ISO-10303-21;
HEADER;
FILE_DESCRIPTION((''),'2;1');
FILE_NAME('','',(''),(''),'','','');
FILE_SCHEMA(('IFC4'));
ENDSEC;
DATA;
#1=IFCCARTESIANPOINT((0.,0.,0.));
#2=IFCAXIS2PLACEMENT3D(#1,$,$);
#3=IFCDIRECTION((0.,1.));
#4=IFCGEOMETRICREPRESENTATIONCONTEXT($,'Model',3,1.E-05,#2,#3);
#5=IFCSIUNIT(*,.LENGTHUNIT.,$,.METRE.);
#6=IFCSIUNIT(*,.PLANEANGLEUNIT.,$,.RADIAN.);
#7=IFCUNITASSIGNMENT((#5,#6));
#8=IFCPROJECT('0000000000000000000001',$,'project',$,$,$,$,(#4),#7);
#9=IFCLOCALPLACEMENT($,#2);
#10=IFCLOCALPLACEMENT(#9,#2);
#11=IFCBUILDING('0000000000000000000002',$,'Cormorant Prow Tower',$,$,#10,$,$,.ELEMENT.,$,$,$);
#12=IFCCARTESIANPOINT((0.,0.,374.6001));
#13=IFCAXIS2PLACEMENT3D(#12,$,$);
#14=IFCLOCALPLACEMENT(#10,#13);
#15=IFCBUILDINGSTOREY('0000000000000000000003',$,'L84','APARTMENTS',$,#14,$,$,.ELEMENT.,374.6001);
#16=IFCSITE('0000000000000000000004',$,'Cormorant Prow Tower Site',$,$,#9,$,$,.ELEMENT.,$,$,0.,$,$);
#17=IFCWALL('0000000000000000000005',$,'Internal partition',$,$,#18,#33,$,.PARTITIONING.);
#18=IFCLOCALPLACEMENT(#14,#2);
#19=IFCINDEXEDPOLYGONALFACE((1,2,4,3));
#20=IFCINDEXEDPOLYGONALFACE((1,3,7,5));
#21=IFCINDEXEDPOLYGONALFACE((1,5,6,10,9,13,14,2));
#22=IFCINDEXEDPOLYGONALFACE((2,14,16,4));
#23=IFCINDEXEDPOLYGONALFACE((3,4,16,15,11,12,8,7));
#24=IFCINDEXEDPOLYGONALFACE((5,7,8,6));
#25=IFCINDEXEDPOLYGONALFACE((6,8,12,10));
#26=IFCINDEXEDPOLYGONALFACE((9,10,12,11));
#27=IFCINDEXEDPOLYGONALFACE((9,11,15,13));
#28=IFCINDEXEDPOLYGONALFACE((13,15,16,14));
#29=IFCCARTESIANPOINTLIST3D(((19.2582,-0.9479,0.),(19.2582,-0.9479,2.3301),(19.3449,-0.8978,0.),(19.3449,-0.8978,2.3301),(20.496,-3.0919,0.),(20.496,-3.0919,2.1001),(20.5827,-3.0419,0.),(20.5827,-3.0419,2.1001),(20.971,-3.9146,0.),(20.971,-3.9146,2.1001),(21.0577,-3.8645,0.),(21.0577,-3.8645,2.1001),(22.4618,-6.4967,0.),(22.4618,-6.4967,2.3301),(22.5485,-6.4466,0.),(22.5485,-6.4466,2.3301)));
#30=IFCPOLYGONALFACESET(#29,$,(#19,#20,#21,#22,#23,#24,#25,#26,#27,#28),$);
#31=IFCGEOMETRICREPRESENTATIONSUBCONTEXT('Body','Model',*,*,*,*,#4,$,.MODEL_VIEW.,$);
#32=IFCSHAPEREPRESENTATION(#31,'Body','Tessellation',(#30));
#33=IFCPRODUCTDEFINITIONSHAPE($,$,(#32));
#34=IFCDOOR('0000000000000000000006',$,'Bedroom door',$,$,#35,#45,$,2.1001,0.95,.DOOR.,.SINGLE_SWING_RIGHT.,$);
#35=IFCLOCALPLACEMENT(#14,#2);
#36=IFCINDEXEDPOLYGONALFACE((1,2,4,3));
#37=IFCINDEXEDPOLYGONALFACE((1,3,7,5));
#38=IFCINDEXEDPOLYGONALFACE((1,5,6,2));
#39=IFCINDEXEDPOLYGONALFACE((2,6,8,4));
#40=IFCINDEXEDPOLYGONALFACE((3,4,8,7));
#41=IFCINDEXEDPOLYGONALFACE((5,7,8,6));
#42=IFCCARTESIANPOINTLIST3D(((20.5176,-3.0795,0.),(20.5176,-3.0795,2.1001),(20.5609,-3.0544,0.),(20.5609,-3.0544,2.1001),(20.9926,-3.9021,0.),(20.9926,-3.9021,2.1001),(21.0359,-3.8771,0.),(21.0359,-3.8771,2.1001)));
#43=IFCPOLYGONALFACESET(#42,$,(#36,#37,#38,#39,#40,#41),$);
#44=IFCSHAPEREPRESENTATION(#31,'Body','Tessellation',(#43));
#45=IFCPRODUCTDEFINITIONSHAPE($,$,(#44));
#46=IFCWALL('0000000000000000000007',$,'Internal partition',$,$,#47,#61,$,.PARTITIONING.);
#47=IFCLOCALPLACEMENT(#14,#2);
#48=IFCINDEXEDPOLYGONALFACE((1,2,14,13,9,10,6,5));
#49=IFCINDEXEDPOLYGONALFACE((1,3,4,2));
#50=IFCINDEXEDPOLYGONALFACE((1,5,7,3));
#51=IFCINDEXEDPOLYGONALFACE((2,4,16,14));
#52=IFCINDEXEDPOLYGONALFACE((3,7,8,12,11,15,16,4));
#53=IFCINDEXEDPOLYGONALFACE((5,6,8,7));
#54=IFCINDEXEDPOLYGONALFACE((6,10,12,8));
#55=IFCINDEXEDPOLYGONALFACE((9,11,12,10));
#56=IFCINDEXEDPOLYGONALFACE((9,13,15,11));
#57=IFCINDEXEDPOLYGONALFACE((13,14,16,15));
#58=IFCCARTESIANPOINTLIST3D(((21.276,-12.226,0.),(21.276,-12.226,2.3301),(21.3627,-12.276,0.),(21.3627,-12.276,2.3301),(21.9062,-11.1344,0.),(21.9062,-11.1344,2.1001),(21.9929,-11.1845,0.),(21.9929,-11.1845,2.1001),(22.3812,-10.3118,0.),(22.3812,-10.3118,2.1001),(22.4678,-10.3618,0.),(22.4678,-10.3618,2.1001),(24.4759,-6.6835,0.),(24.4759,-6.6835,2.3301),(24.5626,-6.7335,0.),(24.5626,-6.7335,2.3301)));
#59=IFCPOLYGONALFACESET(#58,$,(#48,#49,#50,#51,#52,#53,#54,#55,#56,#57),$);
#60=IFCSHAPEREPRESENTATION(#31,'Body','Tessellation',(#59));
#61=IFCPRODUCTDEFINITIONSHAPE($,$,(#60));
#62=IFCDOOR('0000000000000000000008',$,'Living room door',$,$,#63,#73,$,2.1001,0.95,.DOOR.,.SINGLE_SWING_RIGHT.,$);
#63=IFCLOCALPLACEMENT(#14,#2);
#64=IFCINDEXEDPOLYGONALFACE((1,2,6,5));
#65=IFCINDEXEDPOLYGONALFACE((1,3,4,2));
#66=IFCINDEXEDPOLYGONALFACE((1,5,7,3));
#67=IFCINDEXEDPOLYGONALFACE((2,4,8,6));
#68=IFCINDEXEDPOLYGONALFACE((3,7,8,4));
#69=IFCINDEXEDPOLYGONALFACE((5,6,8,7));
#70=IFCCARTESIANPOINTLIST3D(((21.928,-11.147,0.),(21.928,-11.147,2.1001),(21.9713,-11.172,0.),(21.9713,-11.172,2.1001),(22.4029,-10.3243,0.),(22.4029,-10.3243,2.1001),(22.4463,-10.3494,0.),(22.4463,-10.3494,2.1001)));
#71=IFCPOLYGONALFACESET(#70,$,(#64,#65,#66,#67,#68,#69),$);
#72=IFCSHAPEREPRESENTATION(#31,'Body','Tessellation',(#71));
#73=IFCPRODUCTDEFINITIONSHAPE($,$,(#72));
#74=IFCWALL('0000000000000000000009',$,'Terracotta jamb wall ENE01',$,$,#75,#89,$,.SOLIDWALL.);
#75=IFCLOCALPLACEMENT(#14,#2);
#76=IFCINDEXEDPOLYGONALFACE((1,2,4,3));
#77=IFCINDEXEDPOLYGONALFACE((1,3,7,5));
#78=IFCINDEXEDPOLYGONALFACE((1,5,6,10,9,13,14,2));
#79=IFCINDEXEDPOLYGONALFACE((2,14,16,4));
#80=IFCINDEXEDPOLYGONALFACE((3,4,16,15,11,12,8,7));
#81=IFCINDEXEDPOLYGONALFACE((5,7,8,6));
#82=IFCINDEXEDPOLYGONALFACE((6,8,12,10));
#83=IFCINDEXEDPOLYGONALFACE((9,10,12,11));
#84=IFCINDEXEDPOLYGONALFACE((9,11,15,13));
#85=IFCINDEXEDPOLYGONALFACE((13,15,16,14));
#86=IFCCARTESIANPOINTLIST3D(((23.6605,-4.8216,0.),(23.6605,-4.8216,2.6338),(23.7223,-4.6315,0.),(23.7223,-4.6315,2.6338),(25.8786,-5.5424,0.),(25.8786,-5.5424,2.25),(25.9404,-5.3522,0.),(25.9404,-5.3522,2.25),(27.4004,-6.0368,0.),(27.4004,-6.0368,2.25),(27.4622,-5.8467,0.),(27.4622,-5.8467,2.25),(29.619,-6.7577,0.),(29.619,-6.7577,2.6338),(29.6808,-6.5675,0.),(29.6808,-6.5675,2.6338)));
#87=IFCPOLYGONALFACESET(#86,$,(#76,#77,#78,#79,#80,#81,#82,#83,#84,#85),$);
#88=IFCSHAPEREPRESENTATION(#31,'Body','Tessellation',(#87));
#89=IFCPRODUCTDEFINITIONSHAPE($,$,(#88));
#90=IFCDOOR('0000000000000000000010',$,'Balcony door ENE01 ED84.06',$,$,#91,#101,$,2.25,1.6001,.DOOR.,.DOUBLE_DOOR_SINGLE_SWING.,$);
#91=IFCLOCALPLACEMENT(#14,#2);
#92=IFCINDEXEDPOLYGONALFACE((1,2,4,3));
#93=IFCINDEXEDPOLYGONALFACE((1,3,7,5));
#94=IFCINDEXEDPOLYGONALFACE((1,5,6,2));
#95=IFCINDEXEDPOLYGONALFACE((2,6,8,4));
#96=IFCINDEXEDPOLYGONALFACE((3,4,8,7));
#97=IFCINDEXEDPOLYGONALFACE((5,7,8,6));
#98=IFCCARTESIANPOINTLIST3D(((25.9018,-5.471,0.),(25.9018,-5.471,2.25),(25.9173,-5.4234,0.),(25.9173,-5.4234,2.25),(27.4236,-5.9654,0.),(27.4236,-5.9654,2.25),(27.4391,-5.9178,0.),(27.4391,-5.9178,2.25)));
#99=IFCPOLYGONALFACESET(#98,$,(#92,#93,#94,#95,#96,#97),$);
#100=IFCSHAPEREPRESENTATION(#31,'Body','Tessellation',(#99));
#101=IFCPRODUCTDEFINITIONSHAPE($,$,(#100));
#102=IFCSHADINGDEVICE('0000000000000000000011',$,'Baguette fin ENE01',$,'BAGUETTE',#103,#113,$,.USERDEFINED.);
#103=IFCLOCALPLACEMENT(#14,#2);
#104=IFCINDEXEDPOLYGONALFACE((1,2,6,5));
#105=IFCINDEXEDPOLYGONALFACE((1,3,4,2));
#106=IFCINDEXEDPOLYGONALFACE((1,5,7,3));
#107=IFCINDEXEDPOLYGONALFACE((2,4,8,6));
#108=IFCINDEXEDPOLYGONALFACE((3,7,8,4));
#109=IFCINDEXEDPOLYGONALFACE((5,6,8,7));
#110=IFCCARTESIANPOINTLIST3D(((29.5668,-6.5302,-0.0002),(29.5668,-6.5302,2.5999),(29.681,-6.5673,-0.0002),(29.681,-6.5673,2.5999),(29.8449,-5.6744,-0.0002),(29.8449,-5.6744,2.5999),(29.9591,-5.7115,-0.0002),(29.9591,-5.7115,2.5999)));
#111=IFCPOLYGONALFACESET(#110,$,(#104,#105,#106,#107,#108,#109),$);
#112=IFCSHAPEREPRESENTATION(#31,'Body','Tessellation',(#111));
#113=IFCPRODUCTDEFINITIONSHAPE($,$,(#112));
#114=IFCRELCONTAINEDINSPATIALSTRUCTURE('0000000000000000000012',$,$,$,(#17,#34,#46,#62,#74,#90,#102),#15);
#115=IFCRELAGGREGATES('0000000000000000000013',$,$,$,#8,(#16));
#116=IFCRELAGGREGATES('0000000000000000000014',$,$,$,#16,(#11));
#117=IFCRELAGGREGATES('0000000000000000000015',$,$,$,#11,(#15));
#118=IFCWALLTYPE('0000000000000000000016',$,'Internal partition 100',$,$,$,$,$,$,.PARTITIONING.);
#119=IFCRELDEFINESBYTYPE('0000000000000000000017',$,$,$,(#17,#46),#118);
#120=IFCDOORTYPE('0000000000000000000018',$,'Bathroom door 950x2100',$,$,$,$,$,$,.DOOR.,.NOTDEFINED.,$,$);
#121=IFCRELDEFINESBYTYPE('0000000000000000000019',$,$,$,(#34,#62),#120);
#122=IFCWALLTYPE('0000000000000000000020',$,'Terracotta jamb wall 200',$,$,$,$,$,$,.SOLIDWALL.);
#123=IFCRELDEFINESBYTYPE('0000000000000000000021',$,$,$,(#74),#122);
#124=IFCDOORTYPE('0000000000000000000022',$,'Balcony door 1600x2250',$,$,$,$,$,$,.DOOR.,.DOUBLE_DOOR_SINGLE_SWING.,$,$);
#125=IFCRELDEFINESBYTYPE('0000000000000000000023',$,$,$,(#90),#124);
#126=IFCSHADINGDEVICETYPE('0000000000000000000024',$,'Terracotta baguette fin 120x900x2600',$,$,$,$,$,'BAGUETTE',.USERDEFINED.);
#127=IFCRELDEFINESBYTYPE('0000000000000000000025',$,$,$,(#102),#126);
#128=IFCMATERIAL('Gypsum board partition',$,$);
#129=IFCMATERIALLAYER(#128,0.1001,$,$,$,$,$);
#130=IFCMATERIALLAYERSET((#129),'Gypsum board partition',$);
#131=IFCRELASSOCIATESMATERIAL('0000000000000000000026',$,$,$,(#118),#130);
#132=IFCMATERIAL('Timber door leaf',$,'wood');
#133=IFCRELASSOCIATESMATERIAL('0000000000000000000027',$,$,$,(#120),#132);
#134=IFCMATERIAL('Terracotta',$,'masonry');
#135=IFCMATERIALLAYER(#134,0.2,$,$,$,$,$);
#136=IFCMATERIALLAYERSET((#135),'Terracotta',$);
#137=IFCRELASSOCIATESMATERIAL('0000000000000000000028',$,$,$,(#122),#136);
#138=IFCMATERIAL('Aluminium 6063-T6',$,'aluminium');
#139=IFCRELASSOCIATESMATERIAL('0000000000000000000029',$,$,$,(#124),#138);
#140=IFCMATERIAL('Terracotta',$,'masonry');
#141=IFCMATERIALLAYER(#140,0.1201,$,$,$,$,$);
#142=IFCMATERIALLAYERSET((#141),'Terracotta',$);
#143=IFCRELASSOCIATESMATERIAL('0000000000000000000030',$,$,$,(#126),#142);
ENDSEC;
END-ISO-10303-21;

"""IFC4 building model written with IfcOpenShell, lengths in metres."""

from ifc_helpers import new_model, si_unit, direction, frame, frame_2d, origin, origin_2d, place, context, subcontext, project, spatial, rectangle, extrude, material, layer, layer_set, type_object, element, fill, save


model = new_model("IFC4")

# Units and contexts
model_context = context("Model", 3, precision=1e-05, world=origin(), true_north=direction((0.0, 1.0)))
body_context = subcontext(model_context, "Body", "Model", "MODEL_VIEW")
ifc_project = project(units=[si_unit("LENGTHUNIT", "METRE"), si_unit("PLANEANGLEUNIT", "RADIAN")], contexts=[model_context])

# Site, building, storey
site_placement = place(None, origin())
site = spatial("IfcSite", under=ifc_project, at=site_placement, Name="Cormorant Prow Tower Site", CompositionType="ELEMENT", RefElevation=0.0)
building_placement = place(site_placement, origin())
building = spatial("IfcBuilding", under=site, at=building_placement, Name="Cormorant Prow Tower", CompositionType="ELEMENT")
storey_placement = place(building_placement, frame((0.0, 0.0, 374.6001)))
storey = spatial("IfcBuildingStorey", under=building, at=storey_placement, Name="L84", Description="APARTMENTS", CompositionType="ELEMENT", Elevation=374.6001)

# Walls, openings, doors
ifc_material_1 = material(Name="Gypsum board partition")
ifc_layer_1 = layer(ifc_material_1, 0.1001)
ifc_layer_set_1 = layer_set([ifc_layer_1], Name="Gypsum board partition")
wall_type_1 = type_object("IfcWallType", Name="Internal partition 100", PredefinedType="PARTITIONING", material=ifc_layer_set_1)
ifc_material_2 = material(Name="Timber door leaf", Category="wood")
door_type_1 = type_object("IfcDoorType", Name="Bathroom door 950x2100", OperationType="NOTDEFINED", PredefinedType="DOOR", material=ifc_material_2)
wall_1_placement = place(storey_placement, frame((19.3015, -0.9229, 0.0), z_axis=(0.0, 0.0, 1.0), x_axis=(0.5, -0.866026, 0.0)))
wall_1 = element("IfcWall", 1, at=wall_1_placement, inside=storey, type_object=wall_type_1, Name="Internal partition", PredefinedType="PARTITIONING", context=body_context, shape_type="SweptSolid", body=[
    extrude(rectangle(XDim=6.4072, YDim=0.1001, at=frame_2d((3.2036, 0.0))), origin(), (0.0, 0.0, 1.0), 2.3301),
])
opening_1_placement = place(wall_1_placement, frame((2.4756, 0.0, 0.0)))
opening_1 = element("IfcOpeningElement", 2, at=opening_1_placement, cuts=wall_1, PredefinedType="OPENING", context=body_context, shape_type="SweptSolid", body=[
    extrude(rectangle(XDim=0.95, YDim=2.1001, at=frame_2d((0.4751, 1.05))), frame((0.0, 0.0601, 0.0), z_axis=(0.0, -1.0, 0.0), x_axis=(1.0, 0.0, 0.0)), (0.0, 0.0, 1.0), 0.1201),
])
door_1_placement = place(opening_1_placement, origin())
door_1 = element("IfcDoor", 3, at=door_1_placement, inside=storey, type_object=door_type_1, Name="Bedroom door", OperationType="SINGLE_SWING_RIGHT", OverallHeight=2.1001, OverallWidth=0.95, PredefinedType="DOOR", context=body_context, shape_type="SweptSolid", body=[
    extrude(rectangle(XDim=0.95, YDim=2.1001, at=frame_2d((0.4751, 1.05))), frame((0.0, 0.0249, 0.0), z_axis=(0.0, -1.0, 0.0), x_axis=(1.0, 0.0, 0.0)), (0.0, 0.0, 1.0), 0.05),
])
fill(opening_1, door_1)
wall_2_placement = place(storey_placement, frame((21.3193, -12.251, 0.0), z_axis=(0.0, 0.0, 1.0), x_axis=(0.5, 0.866025, 0.0)))
wall_2 = element("IfcWall", 4, at=wall_2_placement, inside=storey, type_object=wall_type_1, Name="Internal partition", PredefinedType="PARTITIONING", context=body_context, shape_type="SweptSolid", body=[
    extrude(rectangle(XDim=6.3999, YDim=0.1001, at=frame_2d((3.2, 0.0))), origin(), (0.0, 0.0, 1.0), 2.3301),
])
opening_2_placement = place(wall_2_placement, frame((1.2603, 0.0, 0.0)))
opening_2 = element("IfcOpeningElement", 5, at=opening_2_placement, cuts=wall_2, PredefinedType="OPENING", context=body_context, shape_type="SweptSolid", body=[
    extrude(rectangle(XDim=0.95, YDim=2.1001, at=frame_2d((0.4751, 1.05))), frame((0.0, 0.0601, 0.0), z_axis=(0.0, -1.0, 0.0), x_axis=(1.0, 0.0, 0.0)), (0.0, 0.0, 1.0), 0.1201),
])
door_2_placement = place(opening_2_placement, origin())
door_2 = element("IfcDoor", 6, at=door_2_placement, inside=storey, type_object=door_type_1, Name="Living room door", OperationType="SINGLE_SWING_RIGHT", OverallHeight=2.1001, OverallWidth=0.95, PredefinedType="DOOR", context=body_context, shape_type="SweptSolid", body=[
    extrude(rectangle(XDim=0.95, YDim=2.1001, at=frame_2d((0.4751, 1.05))), frame((0.0, 0.0249, 0.0), z_axis=(0.0, -1.0, 0.0), x_axis=(1.0, 0.0, 0.0)), (0.0, 0.0, 1.0), 0.05),
])
fill(opening_2, door_2)
ifc_material_3 = material(Name="Terracotta", Category="masonry")
ifc_layer_2 = layer(ifc_material_3, 0.2)
ifc_layer_set_2 = layer_set([ifc_layer_2], Name="Terracotta")
wall_type_2 = type_object("IfcWallType", Name="Terracotta jamb wall 200", PredefinedType="SOLIDWALL", material=ifc_layer_set_2)
wall_3_placement = place(storey_placement, frame((29.6499, -6.6626, 0.0), z_axis=(0.0, 0.0, 1.0), x_axis=(-0.951056, 0.309017, 0.0)))
wall_3 = element("IfcWall", 7, at=wall_3_placement, inside=storey, type_object=wall_type_2, Name="Terracotta jamb wall ENE01", PredefinedType="SOLIDWALL", context=body_context, shape_type="SweptSolid", body=[
    extrude(rectangle(XDim=6.2651, YDim=0.2, at=frame_2d((3.1326, 0.0))), origin(), (0.0, 0.0, 1.0), 2.6338),
])
opening_3_placement = place(wall_3_placement, frame((2.3328, 0.0, 0.0)))
opening_3 = element("IfcOpeningElement", 8, at=opening_3_placement, cuts=wall_3, PredefinedType="OPENING", context=body_context, shape_type="SweptSolid", body=[
    extrude(rectangle(XDim=1.6001, YDim=2.25, at=frame_2d((0.8, 1.125))), frame((0.0, 0.1099, 0.0), z_axis=(0.0, -1.0, 0.0), x_axis=(1.0, 0.0, 0.0)), (0.0, 0.0, 1.0), 0.22),
])
ifc_material_4 = material(Name="Aluminium 6063-T6", Category="aluminium")
door_type_2 = type_object("IfcDoorType", Name="Balcony door 1600x2250", OperationType="DOUBLE_DOOR_SINGLE_SWING", PredefinedType="DOOR", material=ifc_material_4)
door_3_placement = place(opening_3_placement, origin())
door_3 = element("IfcDoor", 9, at=door_3_placement, inside=storey, type_object=door_type_2, Name="Balcony door ENE01 ED84.06", OperationType="DOUBLE_DOOR_SINGLE_SWING", OverallHeight=2.25, OverallWidth=1.6001, PredefinedType="DOOR", context=body_context, shape_type="SweptSolid", body=[
    extrude(rectangle(XDim=1.6001, YDim=2.25, at=frame_2d((0.8, 1.125))), frame((0.0, 0.0249, 0.0), z_axis=(0.0, -1.0, 0.0), x_axis=(1.0, 0.0, 0.0)), (0.0, 0.0, 1.0), 0.05),
])
fill(opening_3, door_3)

# Shading device
ifc_material_5 = material(Name="Terracotta", Category="masonry")
ifc_layer_3 = layer(ifc_material_5, 0.1201)
ifc_layer_set_3 = layer_set([ifc_layer_3], Name="Terracotta")
shading_device_type = type_object("IfcShadingDeviceType", Name="Terracotta baguette fin 120x900x2600", ElementType="BAGUETTE", PredefinedType="USERDEFINED", material=ifc_layer_set_3)
shading_device_placement = place(storey_placement, frame((29.7629, -6.1208, -0.0002), z_axis=(0.0, 0.0, 1.0), x_axis=(-0.951056, 0.309017, 0.0)))
element("IfcShadingDevice", 10, at=shading_device_placement, inside=storey, type_object=shading_device_type, Name="Baguette fin ENE01", ObjectType="BAGUETTE", PredefinedType="USERDEFINED", context=body_context, shape_type="SweptSolid", body=[
    extrude(rectangle(XDim=0.1201, YDim=0.8999, at=origin_2d()), origin(), (0.0, 0.0, 1.0), 2.6001),
])

save(model, "model.ifc")
